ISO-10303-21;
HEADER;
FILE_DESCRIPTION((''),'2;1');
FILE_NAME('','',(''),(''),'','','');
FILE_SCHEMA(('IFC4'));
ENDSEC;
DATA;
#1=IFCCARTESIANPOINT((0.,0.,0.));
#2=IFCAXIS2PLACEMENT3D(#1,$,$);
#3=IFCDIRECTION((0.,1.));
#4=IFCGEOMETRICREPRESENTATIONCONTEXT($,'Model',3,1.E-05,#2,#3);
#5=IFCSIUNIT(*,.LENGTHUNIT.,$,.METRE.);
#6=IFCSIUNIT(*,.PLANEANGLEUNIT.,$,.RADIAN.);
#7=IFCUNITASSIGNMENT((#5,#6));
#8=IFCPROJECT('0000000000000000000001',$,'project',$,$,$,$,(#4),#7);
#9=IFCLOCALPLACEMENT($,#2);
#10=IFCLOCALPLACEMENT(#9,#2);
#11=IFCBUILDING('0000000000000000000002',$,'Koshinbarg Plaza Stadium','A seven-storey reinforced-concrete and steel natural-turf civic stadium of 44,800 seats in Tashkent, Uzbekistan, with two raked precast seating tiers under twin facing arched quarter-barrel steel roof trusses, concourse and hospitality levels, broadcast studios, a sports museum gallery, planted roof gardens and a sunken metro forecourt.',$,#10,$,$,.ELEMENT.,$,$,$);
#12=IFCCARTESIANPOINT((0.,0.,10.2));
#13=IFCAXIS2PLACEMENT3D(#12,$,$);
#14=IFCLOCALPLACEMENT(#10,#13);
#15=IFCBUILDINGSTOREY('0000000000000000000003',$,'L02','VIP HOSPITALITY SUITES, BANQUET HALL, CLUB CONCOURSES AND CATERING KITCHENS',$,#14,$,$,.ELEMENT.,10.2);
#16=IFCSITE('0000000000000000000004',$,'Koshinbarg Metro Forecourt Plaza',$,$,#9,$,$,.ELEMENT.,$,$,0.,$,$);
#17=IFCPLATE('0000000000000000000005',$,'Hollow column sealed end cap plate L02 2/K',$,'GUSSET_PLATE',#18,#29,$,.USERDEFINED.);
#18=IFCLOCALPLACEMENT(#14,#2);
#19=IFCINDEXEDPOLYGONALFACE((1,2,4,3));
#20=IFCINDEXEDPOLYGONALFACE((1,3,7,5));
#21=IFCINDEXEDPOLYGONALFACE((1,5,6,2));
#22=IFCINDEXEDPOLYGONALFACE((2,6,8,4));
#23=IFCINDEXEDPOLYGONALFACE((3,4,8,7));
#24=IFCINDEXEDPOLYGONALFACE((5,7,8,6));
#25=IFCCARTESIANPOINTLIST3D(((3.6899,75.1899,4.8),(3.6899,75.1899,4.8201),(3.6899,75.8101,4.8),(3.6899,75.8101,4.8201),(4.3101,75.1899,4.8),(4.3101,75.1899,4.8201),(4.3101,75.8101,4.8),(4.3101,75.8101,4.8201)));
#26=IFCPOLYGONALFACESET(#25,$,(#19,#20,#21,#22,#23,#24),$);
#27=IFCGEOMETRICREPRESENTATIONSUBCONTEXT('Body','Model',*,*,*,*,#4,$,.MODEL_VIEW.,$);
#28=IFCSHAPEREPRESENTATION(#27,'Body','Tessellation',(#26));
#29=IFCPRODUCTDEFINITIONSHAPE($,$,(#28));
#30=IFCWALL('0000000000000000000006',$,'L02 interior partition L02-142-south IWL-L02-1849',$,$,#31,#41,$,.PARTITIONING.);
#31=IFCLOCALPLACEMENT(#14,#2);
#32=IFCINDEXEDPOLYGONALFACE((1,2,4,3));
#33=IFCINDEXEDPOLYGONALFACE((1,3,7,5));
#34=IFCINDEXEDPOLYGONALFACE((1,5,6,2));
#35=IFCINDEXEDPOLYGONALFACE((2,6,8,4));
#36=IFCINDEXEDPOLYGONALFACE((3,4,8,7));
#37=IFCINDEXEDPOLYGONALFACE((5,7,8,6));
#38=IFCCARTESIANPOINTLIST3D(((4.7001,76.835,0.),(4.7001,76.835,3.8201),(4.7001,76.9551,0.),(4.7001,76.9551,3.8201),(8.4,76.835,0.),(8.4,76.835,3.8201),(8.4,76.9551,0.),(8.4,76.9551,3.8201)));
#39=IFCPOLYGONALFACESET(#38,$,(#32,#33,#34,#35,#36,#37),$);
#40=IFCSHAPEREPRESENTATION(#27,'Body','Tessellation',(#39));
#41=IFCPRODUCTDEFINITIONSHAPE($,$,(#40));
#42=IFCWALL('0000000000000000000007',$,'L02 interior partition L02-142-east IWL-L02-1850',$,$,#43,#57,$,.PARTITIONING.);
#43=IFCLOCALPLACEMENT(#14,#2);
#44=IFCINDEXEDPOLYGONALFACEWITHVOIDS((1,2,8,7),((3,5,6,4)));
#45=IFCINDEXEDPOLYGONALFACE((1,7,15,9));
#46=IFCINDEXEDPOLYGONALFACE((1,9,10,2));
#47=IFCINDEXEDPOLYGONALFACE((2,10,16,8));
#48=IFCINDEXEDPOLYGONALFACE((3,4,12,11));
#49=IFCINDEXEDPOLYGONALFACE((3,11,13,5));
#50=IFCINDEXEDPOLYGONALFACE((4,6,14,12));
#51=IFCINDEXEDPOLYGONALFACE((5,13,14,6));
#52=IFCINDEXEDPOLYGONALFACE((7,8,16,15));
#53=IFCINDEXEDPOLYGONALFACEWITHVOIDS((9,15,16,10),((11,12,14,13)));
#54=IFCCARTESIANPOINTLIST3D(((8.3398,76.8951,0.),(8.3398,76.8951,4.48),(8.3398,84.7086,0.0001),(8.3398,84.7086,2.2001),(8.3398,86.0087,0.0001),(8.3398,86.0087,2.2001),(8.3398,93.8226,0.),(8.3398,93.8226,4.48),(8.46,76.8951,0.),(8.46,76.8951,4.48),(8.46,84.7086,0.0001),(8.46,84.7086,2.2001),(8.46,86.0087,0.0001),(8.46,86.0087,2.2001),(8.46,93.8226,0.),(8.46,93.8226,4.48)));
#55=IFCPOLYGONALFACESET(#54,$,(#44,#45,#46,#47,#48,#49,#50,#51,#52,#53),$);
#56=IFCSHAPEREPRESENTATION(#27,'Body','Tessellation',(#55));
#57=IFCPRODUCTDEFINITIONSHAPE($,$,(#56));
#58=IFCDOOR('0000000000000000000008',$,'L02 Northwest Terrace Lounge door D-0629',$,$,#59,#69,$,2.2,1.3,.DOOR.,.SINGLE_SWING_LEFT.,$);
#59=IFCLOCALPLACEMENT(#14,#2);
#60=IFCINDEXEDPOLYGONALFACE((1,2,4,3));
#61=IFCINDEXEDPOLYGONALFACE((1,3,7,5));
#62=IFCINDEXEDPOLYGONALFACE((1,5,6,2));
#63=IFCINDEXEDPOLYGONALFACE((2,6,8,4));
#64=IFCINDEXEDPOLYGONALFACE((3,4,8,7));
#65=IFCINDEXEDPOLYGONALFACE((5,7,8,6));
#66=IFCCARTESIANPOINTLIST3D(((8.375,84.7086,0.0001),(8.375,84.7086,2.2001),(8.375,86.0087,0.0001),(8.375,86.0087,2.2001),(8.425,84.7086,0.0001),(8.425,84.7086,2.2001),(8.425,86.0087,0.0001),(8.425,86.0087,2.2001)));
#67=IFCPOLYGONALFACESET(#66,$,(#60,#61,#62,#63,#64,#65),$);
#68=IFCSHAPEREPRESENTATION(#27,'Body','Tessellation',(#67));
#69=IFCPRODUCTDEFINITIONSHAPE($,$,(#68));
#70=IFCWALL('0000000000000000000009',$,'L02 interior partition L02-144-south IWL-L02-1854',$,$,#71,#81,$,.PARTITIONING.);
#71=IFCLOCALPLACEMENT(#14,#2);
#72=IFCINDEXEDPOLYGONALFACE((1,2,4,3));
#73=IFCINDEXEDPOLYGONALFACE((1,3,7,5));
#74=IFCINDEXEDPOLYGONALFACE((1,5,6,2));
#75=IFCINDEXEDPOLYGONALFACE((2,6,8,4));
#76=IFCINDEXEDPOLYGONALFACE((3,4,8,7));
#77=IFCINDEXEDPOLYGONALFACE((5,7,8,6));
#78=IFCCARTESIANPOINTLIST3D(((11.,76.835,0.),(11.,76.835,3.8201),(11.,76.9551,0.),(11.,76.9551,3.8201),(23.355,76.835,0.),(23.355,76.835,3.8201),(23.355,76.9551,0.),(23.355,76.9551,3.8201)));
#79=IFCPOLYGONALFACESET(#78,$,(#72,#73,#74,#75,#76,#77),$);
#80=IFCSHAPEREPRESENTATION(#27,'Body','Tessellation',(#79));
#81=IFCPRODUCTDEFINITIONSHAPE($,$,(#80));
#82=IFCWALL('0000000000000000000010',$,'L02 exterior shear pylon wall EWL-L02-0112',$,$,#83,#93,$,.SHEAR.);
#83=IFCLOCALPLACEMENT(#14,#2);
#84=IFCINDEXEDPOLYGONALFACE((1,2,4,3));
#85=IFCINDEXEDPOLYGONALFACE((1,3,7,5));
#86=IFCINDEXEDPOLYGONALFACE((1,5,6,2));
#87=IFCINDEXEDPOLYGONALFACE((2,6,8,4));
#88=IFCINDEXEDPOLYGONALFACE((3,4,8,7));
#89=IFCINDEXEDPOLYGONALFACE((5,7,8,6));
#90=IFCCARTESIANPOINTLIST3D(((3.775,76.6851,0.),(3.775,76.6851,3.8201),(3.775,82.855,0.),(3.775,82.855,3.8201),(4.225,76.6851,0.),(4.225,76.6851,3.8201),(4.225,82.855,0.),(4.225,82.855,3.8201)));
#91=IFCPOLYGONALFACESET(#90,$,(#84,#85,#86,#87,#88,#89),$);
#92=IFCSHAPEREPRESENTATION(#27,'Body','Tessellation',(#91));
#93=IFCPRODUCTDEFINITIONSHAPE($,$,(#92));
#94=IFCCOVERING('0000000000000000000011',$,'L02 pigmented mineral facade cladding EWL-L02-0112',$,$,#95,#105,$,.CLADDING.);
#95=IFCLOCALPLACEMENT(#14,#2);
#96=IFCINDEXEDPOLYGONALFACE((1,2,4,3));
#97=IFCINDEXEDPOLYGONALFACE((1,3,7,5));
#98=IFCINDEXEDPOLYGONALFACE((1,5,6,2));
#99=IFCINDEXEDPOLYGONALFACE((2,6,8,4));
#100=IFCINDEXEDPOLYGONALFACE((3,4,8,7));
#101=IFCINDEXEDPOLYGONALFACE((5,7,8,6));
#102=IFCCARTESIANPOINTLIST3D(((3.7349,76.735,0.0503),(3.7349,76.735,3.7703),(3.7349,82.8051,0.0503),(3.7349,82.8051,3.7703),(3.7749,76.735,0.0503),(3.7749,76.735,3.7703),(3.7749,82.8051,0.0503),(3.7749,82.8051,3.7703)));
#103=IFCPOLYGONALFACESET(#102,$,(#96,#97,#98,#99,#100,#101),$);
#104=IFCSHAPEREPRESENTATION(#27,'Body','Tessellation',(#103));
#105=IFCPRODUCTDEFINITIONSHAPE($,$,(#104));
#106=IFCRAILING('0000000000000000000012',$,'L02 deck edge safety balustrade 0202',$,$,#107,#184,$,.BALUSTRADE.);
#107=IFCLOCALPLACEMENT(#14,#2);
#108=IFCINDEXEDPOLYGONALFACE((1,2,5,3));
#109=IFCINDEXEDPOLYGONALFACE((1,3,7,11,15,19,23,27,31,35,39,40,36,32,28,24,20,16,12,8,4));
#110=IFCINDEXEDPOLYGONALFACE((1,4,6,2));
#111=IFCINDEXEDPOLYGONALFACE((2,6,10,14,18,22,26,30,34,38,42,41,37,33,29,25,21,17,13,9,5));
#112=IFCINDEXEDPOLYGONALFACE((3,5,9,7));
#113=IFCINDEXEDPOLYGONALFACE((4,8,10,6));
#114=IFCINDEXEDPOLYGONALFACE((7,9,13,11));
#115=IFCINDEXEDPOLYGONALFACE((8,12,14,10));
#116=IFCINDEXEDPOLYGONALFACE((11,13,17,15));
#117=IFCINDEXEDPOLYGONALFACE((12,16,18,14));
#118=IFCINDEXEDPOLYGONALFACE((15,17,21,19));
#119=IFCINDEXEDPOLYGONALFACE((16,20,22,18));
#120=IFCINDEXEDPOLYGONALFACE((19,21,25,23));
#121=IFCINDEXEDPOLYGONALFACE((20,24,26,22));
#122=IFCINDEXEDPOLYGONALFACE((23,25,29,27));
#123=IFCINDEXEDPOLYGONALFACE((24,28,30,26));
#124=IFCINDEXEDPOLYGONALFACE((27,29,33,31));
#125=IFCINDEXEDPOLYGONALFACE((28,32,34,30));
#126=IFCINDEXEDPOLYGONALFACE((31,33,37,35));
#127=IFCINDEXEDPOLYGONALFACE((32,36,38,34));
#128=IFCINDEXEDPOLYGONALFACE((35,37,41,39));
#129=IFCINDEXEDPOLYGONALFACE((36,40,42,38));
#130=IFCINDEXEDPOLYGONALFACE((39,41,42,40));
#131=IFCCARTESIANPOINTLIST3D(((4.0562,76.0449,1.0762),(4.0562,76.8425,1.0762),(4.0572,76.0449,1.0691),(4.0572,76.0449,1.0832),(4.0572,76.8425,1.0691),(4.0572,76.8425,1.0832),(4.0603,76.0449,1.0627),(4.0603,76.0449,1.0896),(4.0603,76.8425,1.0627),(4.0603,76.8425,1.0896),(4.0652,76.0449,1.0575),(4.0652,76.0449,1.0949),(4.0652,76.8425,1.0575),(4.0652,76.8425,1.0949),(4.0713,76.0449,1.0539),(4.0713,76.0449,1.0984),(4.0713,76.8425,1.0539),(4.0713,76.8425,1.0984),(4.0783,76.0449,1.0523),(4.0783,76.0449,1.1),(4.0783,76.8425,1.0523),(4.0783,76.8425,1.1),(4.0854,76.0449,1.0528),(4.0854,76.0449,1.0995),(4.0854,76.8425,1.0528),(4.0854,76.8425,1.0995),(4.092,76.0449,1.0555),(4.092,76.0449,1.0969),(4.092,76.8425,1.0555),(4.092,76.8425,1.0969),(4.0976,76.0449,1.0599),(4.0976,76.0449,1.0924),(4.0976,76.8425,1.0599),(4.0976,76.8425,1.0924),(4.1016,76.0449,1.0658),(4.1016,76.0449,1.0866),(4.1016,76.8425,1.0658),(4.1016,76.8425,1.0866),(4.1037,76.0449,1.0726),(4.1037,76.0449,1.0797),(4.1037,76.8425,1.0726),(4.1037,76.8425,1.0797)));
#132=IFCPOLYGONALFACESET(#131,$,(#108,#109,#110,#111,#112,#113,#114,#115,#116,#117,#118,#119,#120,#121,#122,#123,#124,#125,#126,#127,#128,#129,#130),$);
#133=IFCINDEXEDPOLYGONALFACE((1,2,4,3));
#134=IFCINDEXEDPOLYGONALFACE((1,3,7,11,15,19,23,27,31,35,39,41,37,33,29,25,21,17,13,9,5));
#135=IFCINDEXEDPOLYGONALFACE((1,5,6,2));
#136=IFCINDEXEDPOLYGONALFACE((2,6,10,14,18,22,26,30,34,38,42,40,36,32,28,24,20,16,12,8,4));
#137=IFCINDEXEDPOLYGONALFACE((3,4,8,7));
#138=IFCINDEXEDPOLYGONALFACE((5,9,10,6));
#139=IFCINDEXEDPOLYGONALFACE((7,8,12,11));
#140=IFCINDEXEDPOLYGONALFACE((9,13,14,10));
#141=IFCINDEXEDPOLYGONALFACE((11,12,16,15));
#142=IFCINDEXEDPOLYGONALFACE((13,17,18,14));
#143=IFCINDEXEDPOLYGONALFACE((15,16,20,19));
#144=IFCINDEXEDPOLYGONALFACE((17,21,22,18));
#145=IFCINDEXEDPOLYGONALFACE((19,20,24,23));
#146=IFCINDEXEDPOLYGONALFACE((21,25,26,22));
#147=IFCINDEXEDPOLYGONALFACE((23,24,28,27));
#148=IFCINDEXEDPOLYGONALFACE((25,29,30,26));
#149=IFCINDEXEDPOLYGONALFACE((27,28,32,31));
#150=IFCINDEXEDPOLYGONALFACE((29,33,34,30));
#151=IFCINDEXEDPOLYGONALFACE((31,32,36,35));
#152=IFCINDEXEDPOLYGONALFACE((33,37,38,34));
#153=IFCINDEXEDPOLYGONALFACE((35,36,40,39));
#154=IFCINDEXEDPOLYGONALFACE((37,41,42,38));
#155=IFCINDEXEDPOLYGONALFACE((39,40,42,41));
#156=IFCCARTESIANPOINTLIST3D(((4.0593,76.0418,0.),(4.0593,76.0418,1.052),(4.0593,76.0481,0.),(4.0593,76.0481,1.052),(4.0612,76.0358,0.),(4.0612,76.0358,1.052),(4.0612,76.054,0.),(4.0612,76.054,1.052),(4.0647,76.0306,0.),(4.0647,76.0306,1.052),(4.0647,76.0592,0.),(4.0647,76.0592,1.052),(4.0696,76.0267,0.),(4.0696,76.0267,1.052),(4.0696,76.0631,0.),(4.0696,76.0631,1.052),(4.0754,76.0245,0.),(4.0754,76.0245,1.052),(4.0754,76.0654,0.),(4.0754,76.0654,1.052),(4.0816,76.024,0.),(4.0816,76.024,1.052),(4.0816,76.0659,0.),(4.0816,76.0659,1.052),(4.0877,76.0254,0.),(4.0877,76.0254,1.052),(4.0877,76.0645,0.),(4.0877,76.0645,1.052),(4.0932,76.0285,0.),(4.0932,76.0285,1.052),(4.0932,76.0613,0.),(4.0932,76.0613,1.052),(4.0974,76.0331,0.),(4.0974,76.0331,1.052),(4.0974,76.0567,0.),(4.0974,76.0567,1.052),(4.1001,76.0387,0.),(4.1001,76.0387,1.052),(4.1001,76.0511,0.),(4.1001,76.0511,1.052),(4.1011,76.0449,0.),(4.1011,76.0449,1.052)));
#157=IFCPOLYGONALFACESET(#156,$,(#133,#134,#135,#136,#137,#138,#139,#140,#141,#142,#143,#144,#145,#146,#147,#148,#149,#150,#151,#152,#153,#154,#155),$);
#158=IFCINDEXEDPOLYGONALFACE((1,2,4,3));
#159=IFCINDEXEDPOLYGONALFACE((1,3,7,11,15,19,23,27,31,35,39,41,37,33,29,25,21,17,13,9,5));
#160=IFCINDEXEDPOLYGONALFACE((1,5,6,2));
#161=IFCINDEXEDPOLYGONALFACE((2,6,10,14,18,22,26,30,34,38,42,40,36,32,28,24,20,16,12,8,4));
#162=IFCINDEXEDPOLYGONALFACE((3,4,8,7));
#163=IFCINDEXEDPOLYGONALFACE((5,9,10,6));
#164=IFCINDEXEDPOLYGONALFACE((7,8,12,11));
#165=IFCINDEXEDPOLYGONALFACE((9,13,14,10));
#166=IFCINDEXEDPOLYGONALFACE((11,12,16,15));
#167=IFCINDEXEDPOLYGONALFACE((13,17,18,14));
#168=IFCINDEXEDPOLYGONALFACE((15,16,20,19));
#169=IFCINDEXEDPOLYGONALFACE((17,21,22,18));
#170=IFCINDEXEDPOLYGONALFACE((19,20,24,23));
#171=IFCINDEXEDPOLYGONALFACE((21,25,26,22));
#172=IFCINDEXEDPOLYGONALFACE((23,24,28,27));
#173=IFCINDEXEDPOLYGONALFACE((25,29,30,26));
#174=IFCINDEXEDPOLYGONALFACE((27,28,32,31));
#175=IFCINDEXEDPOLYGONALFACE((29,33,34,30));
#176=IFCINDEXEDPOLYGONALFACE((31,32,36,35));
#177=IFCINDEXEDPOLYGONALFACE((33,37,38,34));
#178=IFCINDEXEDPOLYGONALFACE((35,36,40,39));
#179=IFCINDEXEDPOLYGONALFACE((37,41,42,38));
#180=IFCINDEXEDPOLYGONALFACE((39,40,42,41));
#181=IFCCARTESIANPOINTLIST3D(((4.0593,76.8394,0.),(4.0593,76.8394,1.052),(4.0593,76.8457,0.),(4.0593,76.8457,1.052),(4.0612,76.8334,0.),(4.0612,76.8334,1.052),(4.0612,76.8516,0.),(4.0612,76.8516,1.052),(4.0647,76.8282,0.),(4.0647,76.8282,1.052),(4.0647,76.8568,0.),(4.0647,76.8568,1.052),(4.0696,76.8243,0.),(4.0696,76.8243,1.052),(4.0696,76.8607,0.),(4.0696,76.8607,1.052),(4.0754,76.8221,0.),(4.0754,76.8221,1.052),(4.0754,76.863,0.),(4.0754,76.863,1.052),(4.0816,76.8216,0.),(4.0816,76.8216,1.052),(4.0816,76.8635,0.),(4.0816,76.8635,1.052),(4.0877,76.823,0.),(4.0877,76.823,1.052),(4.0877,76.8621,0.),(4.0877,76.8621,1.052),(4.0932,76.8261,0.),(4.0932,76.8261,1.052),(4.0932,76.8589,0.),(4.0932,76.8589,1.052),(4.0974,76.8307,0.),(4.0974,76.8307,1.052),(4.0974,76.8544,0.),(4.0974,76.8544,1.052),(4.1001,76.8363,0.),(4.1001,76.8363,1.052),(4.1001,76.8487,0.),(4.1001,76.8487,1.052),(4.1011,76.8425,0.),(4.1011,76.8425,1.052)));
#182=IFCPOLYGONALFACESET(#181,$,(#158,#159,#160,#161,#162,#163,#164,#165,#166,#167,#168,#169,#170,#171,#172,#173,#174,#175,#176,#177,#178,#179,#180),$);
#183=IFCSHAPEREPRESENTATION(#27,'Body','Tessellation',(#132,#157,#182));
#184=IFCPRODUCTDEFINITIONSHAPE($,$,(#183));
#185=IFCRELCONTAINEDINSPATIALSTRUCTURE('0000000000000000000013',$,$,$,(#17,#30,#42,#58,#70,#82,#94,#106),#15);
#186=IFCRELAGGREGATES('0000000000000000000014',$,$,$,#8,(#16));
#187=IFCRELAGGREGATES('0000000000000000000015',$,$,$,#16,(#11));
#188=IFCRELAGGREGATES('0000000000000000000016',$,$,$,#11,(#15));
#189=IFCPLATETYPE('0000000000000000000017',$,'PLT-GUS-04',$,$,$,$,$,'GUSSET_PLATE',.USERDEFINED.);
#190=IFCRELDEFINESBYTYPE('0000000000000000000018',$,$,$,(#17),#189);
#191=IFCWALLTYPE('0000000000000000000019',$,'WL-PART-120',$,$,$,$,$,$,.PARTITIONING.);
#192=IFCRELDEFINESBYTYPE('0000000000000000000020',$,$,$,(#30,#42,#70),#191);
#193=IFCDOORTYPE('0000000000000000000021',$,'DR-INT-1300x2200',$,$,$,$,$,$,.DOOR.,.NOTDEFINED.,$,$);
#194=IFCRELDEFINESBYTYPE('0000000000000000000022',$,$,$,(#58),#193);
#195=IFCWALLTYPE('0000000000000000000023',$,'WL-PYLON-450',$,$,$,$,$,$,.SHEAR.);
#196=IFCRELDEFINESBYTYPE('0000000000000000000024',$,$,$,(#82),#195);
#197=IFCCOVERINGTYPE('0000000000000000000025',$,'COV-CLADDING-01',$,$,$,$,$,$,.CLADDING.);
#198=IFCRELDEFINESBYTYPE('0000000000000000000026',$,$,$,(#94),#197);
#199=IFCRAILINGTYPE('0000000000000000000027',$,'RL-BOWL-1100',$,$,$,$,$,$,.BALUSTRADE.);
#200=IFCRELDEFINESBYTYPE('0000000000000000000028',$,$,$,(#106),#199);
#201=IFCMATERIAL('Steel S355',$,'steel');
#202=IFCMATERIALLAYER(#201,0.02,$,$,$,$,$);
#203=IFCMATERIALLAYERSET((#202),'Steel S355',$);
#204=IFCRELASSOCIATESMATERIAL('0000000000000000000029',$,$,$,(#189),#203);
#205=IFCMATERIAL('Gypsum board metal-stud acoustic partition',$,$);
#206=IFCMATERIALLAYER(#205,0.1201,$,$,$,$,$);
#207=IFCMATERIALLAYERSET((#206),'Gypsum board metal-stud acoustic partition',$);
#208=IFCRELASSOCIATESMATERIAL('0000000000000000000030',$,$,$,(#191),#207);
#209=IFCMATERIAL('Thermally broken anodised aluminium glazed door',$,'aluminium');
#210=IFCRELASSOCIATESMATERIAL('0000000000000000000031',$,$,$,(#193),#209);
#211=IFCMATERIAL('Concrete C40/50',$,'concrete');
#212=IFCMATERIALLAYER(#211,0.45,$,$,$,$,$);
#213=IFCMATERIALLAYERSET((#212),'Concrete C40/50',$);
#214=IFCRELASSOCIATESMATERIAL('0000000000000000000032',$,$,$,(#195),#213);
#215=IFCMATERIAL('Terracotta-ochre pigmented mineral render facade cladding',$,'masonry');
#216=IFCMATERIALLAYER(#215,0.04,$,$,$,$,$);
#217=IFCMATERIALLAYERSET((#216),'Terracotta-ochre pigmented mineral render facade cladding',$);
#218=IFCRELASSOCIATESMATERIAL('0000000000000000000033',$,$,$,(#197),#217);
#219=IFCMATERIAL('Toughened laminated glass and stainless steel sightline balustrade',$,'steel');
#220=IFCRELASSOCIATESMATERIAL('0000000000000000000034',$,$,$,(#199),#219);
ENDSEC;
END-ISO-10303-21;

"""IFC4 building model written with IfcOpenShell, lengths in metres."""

from ifc_helpers import new_model, si_unit, direction, frame, frame_2d, origin, origin_2d, place, context, subcontext, project, spatial, rectangle, circle, extrude, material, layer, layer_set, type_object, element, fill, save


model = new_model("IFC4")

# Units and contexts
model_context = context("Model", 3, precision=1e-05, world=origin(), true_north=direction((0.0, 1.0)))
body_context = subcontext(model_context, "Body", "Model", "MODEL_VIEW")
ifc_project = project(units=[si_unit("LENGTHUNIT", "METRE"), si_unit("PLANEANGLEUNIT", "RADIAN")], contexts=[model_context])

# Site, building, storey
site_placement = place(None, origin())
site = spatial("IfcSite", under=ifc_project, at=site_placement, Name="Koshinbarg Metro Forecourt Plaza", CompositionType="ELEMENT", RefElevation=0.0)
building_placement = place(site_placement, origin())
building = spatial("IfcBuilding", under=site, at=building_placement, Name="Koshinbarg Plaza Stadium", Description="A seven-storey reinforced-concrete and steel natural-turf civic stadium of 44,800 seats in Tashkent, Uzbekistan, with two raked precast seating tiers under twin facing arched quarter-barrel steel roof trusses, concourse and hospitality levels, broadcast studios, a sports museum gallery, planted roof gardens and a sunken metro forecourt.", CompositionType="ELEMENT")
storey_placement = place(building_placement, frame((0.0, 0.0, 10.2)))
storey = spatial("IfcBuildingStorey", under=building, at=storey_placement, Name="L02", Description="VIP HOSPITALITY SUITES, BANQUET HALL, CLUB CONCOURSES AND CATERING KITCHENS", CompositionType="ELEMENT", Elevation=10.2)

# Shared definitions
ifc_material_1 = material(Name="Steel S355", Category="steel")

# Plate
ifc_layer_1 = layer(ifc_material_1, 0.02)
ifc_layer_set_1 = layer_set([ifc_layer_1], Name="Steel S355")
plate_type_1 = type_object("IfcPlateType", Name="PLT-GUS-04", ElementType="GUSSET_PLATE", PredefinedType="USERDEFINED", material=ifc_layer_set_1)
plate_1_placement = place(storey_placement, frame((4.0, 75.5, 4.8), z_axis=(0.0, 0.0, 1.0), x_axis=(1.0, 0.0, 0.0)))
element("IfcPlate", 1, at=plate_1_placement, inside=storey, type_object=plate_type_1, Name="Hollow column sealed end cap plate L02 2/K", ObjectType="GUSSET_PLATE", PredefinedType="USERDEFINED", context=body_context, shape_type="SweptSolid", body=[
    extrude(rectangle(XDim=0.6201, YDim=0.6201, at=origin_2d()), origin(), (0.0, 0.0, 1.0), 0.02),
])

# Wall
ifc_material_2 = material(Name="Gypsum board metal-stud acoustic partition")
ifc_layer_2 = layer(ifc_material_2, 0.1201)
ifc_layer_set_2 = layer_set([ifc_layer_2], Name="Gypsum board metal-stud acoustic partition")
wall_type_1 = type_object("IfcWallType", Name="WL-PART-120", PredefinedType="PARTITIONING", material=ifc_layer_set_2)
wall_1_placement = place(storey_placement, frame((4.7, 76.895, 0.0), z_axis=(0.0, 0.0, 1.0), x_axis=(1.0, 0.0, 0.0)))
element("IfcWall", 2, at=wall_1_placement, inside=storey, type_object=wall_type_1, Name="L02 interior partition L02-142-south IWL-L02-1849", PredefinedType="PARTITIONING", context=body_context, shape_type="SweptSolid", body=[
    extrude(rectangle(XDim=3.7, YDim=0.1201, at=frame_2d((1.8501, 0.0))), origin(), (0.0, 0.0, 1.0), 3.8201),
])

# Wall, opening, door
wall_2_placement = place(storey_placement, frame((8.3999, 76.895, 0.0), z_axis=(0.0, 0.0, 1.0), x_axis=(0.0, 1.0, 0.0)))
wall_2 = element("IfcWall", 3, at=wall_2_placement, inside=storey, type_object=wall_type_1, Name="L02 interior partition L02-142-east IWL-L02-1850", PredefinedType="PARTITIONING", context=body_context, shape_type="SweptSolid", body=[
    extrude(rectangle(XDim=16.9275, YDim=0.1201, at=frame_2d((8.4639, 0.0))), origin(), (0.0, 0.0, 1.0), 4.48),
])
opening_placement = place(wall_2_placement, frame((7.8137, 0.0, 0.0)))
opening = element("IfcOpeningElement", 4, at=opening_placement, cuts=wall_2, PredefinedType="OPENING", context=body_context, shape_type="SweptSolid", body=[
    extrude(rectangle(XDim=1.3, YDim=2.2, at=frame_2d((0.6499, 1.1001))), frame((0.0, 0.0701, 0.0), z_axis=(0.0, -1.0, 0.0), x_axis=(1.0, 0.0, 0.0)), (0.0, 0.0, 1.0), 0.1401),
])
ifc_material_3 = material(Name="Thermally broken anodised aluminium glazed door", Category="aluminium")
door_type = type_object("IfcDoorType", Name="DR-INT-1300x2200", OperationType="NOTDEFINED", PredefinedType="DOOR", material=ifc_material_3)
door_placement = place(opening_placement, origin())
door = element("IfcDoor", 5, at=door_placement, inside=storey, type_object=door_type, Name="L02 Northwest Terrace Lounge door D-0629", OperationType="SINGLE_SWING_LEFT", OverallHeight=2.2, OverallWidth=1.3, PredefinedType="DOOR", context=body_context, shape_type="SweptSolid", body=[
    extrude(rectangle(XDim=1.3, YDim=2.2, at=frame_2d((0.6499, 1.1001))), frame((0.0, 0.0249, 0.0), z_axis=(0.0, -1.0, 0.0), x_axis=(1.0, 0.0, 0.0)), (0.0, 0.0, 1.0), 0.05),
])
fill(opening, door)

# Walls
wall_3_placement = place(storey_placement, frame((11.0, 76.895, 0.0), z_axis=(0.0, 0.0, 1.0), x_axis=(1.0, 0.0, 0.0)))
element("IfcWall", 6, at=wall_3_placement, inside=storey, type_object=wall_type_1, Name="L02 interior partition L02-144-south IWL-L02-1854", PredefinedType="PARTITIONING", context=body_context, shape_type="SweptSolid", body=[
    extrude(rectangle(XDim=12.355, YDim=0.1201, at=frame_2d((6.1775, 0.0))), origin(), (0.0, 0.0, 1.0), 3.8201),
])
ifc_material_4 = material(Name="Concrete C40/50", Category="concrete")
ifc_layer_3 = layer(ifc_material_4, 0.45)
ifc_layer_set_3 = layer_set([ifc_layer_3], Name="Concrete C40/50")
wall_type_2 = type_object("IfcWallType", Name="WL-PYLON-450", PredefinedType="SHEAR", material=ifc_layer_set_3)
wall_4_placement = place(storey_placement, frame((4.0, 76.6851, 0.0), z_axis=(0.0, 0.0, 1.0), x_axis=(0.0, 1.0, 0.0)))
element("IfcWall", 7, at=wall_4_placement, inside=storey, type_object=wall_type_2, Name="L02 exterior shear pylon wall EWL-L02-0112", PredefinedType="SHEAR", context=body_context, shape_type="SweptSolid", body=[
    extrude(rectangle(XDim=6.1699, YDim=0.45, at=frame_2d((3.085, 0.0))), origin(), (0.0, 0.0, 1.0), 3.8201),
])

# Covering
ifc_material_5 = material(Name="Terracotta-ochre pigmented mineral render facade cladding", Category="masonry")
ifc_layer_4 = layer(ifc_material_5, 0.04)
ifc_layer_set_4 = layer_set([ifc_layer_4], Name="Terracotta-ochre pigmented mineral render facade cladding")
covering_type = type_object("IfcCoveringType", Name="COV-CLADDING-01", PredefinedType="CLADDING", material=ifc_layer_set_4)
covering_placement = place(storey_placement, frame((3.7549, 79.77, 0.0503), z_axis=(0.0, 0.0, 1.0), x_axis=(0.0, 1.0, 0.0)))
element("IfcCovering", 8, at=covering_placement, inside=storey, type_object=covering_type, Name="L02 pigmented mineral facade cladding EWL-L02-0112", PredefinedType="CLADDING", context=body_context, shape_type="SweptSolid", body=[
    extrude(rectangle(XDim=6.0701, YDim=0.04, at=origin_2d()), origin(), (0.0, 0.0, 1.0), 3.72),
])

# Railing
ifc_material_6 = material(Name="Toughened laminated glass and stainless steel sightline balustrade", Category="steel")
railing_type = type_object("IfcRailingType", Name="RL-BOWL-1100", PredefinedType="BALUSTRADE", material=ifc_material_6)
railing_1_placement = place(storey_placement, frame((4.0801, 76.0449, 0.0)))
element("IfcRailing", 9, at=railing_1_placement, inside=storey, type_object=railing_type, Name="L02 deck edge safety balustrade 0202", PredefinedType="BALUSTRADE", context=body_context, shape_type="SweptSolid", body=[
    extrude(circle(Radius=0.0239, at=origin_2d()), frame((0.0, 0.0, 1.0762), z_axis=(0.0, 1.0, 0.0), x_axis=(-1.0, 0.0, 0.0)), (0.0, 0.0, 1.0), 0.7976),
    extrude(circle(Radius=0.021, at=origin_2d()), origin(), (0.0, 0.0, 1.0), 1.052),
    extrude(circle(Radius=0.021, at=origin_2d()), frame((0.0, 0.7976, 0.0)), (0.0, 0.0, 1.0), 1.052),
])

save(model, "model.ifc")
